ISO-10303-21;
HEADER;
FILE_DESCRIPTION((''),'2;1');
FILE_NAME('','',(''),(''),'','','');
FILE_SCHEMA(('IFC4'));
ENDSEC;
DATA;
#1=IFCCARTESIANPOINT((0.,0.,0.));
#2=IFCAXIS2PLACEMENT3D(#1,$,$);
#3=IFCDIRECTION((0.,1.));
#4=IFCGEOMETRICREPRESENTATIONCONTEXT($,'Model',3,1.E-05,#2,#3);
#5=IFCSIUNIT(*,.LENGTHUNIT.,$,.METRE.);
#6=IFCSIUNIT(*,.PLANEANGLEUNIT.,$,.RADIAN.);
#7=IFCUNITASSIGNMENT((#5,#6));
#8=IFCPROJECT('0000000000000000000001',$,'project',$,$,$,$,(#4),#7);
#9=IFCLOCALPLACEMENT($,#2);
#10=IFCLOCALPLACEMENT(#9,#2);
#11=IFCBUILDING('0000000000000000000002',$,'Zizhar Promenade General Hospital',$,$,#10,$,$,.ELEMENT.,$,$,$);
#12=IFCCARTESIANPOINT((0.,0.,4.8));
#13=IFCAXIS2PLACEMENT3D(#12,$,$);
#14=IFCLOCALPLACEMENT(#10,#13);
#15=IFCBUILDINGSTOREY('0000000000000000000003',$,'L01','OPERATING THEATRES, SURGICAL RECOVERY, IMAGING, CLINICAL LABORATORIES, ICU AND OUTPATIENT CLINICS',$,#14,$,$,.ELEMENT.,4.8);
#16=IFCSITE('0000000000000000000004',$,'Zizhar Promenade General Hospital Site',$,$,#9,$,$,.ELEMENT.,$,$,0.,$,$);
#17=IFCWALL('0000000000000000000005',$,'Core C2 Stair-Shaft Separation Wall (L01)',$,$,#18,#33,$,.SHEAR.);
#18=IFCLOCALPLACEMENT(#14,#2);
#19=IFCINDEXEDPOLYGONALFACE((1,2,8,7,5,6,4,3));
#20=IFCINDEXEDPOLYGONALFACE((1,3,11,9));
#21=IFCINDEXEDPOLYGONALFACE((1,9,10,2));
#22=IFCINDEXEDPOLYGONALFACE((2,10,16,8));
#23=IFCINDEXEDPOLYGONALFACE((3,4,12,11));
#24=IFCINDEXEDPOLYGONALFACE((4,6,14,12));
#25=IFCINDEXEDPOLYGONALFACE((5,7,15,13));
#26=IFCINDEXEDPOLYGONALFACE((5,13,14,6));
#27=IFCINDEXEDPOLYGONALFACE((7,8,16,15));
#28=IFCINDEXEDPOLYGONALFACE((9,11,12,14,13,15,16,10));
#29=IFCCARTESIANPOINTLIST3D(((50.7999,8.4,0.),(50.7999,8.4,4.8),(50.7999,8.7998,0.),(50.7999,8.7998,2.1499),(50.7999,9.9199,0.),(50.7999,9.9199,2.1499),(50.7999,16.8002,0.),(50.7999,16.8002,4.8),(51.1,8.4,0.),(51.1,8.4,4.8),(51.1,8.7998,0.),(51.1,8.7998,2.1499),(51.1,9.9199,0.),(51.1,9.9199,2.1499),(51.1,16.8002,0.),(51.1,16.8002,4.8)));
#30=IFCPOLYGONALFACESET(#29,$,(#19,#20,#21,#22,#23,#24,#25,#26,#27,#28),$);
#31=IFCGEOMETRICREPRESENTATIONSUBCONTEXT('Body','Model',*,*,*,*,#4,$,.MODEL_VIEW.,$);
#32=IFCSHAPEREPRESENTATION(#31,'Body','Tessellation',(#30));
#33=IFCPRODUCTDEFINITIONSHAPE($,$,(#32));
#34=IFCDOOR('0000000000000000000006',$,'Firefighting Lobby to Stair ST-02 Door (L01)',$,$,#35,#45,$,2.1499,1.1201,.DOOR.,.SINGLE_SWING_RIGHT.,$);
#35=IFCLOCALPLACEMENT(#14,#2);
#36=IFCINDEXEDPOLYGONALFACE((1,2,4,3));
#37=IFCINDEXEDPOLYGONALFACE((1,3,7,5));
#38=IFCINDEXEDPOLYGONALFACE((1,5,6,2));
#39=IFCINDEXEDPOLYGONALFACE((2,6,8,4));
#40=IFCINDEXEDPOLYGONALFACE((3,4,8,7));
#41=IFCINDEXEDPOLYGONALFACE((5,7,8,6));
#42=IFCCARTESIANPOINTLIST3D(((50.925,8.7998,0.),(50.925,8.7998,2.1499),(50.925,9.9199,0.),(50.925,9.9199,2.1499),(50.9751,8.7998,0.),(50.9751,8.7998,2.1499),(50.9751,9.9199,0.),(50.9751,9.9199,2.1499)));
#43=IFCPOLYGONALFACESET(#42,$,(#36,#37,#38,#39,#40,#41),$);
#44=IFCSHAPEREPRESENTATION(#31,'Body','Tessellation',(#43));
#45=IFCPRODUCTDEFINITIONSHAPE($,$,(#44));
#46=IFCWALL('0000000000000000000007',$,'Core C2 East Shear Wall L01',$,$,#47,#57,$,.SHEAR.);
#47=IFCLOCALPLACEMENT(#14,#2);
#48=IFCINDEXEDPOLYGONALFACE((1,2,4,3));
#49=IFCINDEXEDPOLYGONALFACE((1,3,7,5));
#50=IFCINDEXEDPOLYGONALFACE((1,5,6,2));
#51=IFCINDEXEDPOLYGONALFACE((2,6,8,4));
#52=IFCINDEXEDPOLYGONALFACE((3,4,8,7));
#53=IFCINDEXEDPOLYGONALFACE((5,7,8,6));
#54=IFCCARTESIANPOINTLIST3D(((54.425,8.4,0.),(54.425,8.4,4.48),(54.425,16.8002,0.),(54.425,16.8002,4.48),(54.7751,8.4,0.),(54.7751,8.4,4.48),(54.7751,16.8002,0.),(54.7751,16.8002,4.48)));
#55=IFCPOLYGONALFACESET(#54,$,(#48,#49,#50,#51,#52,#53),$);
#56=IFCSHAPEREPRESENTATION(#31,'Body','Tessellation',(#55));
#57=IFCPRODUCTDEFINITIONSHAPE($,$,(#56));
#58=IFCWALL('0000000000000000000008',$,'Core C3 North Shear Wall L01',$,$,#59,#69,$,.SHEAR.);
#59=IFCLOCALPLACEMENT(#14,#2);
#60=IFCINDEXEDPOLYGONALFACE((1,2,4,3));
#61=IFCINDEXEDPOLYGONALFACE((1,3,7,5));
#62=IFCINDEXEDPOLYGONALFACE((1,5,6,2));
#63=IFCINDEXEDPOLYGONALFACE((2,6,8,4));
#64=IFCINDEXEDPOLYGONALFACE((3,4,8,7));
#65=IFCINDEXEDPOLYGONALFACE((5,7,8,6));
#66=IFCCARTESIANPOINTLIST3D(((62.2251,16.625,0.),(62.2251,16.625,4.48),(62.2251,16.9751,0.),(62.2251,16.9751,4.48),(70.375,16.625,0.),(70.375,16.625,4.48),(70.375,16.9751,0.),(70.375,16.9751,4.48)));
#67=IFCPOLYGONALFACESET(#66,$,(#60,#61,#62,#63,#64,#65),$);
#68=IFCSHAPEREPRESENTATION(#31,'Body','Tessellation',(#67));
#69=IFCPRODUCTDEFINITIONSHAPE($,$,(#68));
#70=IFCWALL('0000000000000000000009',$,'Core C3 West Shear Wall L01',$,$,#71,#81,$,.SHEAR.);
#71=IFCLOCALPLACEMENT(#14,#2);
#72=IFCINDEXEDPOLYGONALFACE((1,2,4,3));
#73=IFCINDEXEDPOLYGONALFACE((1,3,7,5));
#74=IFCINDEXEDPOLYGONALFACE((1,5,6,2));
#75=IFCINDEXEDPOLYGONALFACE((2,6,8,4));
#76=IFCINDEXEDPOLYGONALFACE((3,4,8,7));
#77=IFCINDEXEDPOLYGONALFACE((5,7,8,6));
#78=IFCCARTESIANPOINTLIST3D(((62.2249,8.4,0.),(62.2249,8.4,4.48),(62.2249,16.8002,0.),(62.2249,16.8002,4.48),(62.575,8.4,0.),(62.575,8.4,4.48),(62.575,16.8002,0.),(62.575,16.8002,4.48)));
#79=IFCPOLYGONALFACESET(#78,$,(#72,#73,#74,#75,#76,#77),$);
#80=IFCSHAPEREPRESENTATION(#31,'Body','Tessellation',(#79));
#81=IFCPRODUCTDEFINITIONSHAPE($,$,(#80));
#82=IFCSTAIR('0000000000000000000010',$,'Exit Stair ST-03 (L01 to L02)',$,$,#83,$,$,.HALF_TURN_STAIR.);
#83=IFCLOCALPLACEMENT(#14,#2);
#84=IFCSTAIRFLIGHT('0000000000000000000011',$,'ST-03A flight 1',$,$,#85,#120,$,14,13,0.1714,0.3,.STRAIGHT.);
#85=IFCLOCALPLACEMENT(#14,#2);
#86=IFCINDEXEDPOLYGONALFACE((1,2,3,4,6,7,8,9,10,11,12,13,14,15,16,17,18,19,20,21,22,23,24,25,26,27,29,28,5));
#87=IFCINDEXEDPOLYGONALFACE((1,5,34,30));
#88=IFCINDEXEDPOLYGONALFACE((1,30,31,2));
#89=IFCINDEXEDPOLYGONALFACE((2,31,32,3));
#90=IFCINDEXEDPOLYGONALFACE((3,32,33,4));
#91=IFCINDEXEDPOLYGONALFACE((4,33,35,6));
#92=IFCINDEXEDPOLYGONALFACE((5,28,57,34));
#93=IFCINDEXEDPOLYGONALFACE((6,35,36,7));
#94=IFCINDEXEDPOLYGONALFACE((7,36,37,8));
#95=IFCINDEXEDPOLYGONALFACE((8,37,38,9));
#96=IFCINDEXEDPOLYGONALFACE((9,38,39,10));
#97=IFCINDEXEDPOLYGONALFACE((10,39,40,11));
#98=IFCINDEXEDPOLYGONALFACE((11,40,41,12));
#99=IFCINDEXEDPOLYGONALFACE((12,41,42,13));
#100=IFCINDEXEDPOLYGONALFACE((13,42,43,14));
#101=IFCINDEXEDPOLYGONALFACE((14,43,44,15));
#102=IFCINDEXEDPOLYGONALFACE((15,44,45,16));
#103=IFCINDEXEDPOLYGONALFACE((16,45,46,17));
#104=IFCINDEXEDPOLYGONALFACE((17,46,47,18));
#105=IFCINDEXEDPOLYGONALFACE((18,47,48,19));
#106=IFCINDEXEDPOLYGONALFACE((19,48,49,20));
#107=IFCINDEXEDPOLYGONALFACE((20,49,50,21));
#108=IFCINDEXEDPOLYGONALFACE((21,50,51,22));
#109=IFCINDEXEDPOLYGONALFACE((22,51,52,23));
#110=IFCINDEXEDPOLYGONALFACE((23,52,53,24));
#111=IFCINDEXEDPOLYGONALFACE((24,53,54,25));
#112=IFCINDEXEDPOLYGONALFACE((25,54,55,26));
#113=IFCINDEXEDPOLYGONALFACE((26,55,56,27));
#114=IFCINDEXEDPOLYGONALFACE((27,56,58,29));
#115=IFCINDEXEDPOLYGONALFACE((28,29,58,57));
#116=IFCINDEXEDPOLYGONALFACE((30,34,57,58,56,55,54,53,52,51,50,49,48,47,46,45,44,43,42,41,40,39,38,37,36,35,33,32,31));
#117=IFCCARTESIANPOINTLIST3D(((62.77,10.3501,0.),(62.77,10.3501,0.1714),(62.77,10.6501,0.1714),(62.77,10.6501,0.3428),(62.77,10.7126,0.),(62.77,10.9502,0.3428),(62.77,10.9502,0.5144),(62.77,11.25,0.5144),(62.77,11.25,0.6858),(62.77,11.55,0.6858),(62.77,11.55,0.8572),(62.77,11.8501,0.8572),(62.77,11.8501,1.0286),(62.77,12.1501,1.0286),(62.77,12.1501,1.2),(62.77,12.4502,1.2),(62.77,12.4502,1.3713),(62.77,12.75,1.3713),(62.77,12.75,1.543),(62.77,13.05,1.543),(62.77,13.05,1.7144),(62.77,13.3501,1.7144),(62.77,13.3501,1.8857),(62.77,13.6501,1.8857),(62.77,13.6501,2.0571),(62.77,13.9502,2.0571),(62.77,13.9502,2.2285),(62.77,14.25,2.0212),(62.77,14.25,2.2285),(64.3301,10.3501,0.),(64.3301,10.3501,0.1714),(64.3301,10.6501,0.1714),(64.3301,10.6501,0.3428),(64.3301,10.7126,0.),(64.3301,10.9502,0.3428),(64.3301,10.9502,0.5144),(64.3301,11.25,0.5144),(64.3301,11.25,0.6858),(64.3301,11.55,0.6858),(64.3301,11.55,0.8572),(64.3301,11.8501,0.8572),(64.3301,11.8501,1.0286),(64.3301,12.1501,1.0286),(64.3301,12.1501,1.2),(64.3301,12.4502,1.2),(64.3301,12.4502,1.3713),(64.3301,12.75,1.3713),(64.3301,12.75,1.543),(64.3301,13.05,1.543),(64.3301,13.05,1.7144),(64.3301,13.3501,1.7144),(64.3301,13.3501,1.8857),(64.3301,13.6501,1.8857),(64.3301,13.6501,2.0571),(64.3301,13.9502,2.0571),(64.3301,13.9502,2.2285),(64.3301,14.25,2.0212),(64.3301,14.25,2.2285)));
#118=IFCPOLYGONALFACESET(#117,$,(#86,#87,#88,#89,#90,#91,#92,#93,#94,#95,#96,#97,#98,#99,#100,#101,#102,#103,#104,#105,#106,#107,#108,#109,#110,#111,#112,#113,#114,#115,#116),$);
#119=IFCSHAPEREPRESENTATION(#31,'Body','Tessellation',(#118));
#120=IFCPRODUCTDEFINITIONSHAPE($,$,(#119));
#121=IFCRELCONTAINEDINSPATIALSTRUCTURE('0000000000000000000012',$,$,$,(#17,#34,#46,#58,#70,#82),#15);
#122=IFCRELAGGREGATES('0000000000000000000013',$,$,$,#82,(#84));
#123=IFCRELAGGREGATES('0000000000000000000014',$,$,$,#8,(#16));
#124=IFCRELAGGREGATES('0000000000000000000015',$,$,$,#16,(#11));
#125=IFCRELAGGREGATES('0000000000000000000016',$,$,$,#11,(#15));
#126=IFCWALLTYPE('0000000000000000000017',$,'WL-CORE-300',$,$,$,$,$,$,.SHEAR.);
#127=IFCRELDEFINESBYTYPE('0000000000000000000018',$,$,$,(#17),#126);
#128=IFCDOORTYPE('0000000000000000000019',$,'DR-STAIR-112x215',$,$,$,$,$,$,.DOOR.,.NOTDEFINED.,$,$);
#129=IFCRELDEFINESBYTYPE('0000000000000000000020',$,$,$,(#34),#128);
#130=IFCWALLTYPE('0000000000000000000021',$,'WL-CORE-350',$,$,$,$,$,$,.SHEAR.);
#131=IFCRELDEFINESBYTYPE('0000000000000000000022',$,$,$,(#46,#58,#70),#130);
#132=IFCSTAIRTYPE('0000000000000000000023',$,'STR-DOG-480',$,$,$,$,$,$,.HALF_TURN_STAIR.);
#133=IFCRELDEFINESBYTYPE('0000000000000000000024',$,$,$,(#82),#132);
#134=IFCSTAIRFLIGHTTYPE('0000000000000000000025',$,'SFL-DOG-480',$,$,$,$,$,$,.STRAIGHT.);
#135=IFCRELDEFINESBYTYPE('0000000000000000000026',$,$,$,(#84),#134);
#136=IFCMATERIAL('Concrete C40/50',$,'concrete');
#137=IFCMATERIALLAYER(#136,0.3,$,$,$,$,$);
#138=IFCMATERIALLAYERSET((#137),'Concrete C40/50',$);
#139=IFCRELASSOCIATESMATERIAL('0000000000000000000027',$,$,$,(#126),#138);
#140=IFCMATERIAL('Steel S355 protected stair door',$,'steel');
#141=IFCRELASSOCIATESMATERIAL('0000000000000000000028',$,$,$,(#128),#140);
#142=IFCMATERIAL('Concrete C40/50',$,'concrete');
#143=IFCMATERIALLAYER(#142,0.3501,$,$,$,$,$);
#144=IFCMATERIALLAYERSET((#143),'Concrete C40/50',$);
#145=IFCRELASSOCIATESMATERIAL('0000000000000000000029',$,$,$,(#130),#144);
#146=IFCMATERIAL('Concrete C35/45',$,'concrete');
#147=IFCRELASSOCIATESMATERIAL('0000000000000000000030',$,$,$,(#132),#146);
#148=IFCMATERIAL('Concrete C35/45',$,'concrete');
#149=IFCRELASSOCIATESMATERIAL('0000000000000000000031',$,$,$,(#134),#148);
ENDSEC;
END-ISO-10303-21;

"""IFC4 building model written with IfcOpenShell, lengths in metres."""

from ifc_helpers import new_model, si_unit, direction, frame, frame_2d, origin, place, context, subcontext, project, spatial, polyline, rectangle, outline, extrude, material, layer, layer_set, type_object, element, fill, aggregate, save


model = new_model("IFC4")

# Units and contexts
model_context = context("Model", 3, precision=1e-05, world=origin(), true_north=direction((0.0, 1.0)))
body_context = subcontext(model_context, "Body", "Model", "MODEL_VIEW")
ifc_project = project(units=[si_unit("LENGTHUNIT", "METRE"), si_unit("PLANEANGLEUNIT", "RADIAN")], contexts=[model_context])

# Site, building, storey
site_placement = place(None, origin())
site = spatial("IfcSite", under=ifc_project, at=site_placement, Name="Zizhar Promenade General Hospital Site", CompositionType="ELEMENT", RefElevation=0.0)
building_placement = place(site_placement, origin())
building = spatial("IfcBuilding", under=site, at=building_placement, Name="Zizhar Promenade General Hospital", CompositionType="ELEMENT")
storey_placement = place(building_placement, frame((0.0, 0.0, 4.8)))
storey = spatial("IfcBuildingStorey", under=building, at=storey_placement, Name="L01", Description="OPERATING THEATRES, SURGICAL RECOVERY, IMAGING, CLINICAL LABORATORIES, ICU AND OUTPATIENT CLINICS", CompositionType="ELEMENT", Elevation=4.8)

# Wall, opening, door
ifc_material_1 = material(Name="Concrete C40/50", Category="concrete")
ifc_layer_1 = layer(ifc_material_1, 0.3)
ifc_layer_set_1 = layer_set([ifc_layer_1], Name="Concrete C40/50")
wall_type_1 = type_object("IfcWallType", Name="WL-CORE-300", PredefinedType="SHEAR", material=ifc_layer_set_1)
wall_1_placement = place(storey_placement, frame((50.95, 8.3999, 0.0), z_axis=(0.0, 0.0, 1.0), x_axis=(0.0, 1.0, 0.0)))
wall_1 = element("IfcWall", 1, at=wall_1_placement, inside=storey, type_object=wall_type_1, Name="Core C2 Stair-Shaft Separation Wall (L01)", PredefinedType="SHEAR", context=body_context, shape_type="SweptSolid", body=[
    extrude(rectangle(XDim=8.4001, YDim=0.3, at=frame_2d((4.2002, 0.0))), origin(), (0.0, 0.0, 1.0), 4.8),
])
opening_1_placement = place(wall_1_placement, frame((0.3999, 0.0, 0.0)))
opening_1 = element("IfcOpeningElement", 2, at=opening_1_placement, cuts=wall_1, PredefinedType="OPENING", context=body_context, shape_type="SweptSolid", body=[
    extrude(rectangle(XDim=1.1201, YDim=2.1499, at=frame_2d((0.5601, 1.075))), frame((0.0, 0.1602, 0.0), z_axis=(0.0, -1.0, 0.0), x_axis=(1.0, 0.0, 0.0)), (0.0, 0.0, 1.0), 0.3201),
])
ifc_material_2 = material(Name="Steel S355 protected stair door", Category="steel")
door_type_1 = type_object("IfcDoorType", Name="DR-STAIR-112x215", OperationType="NOTDEFINED", PredefinedType="DOOR", material=ifc_material_2)
door_1_placement = place(opening_1_placement, origin())
door_1 = element("IfcDoor", 3, at=door_1_placement, inside=storey, type_object=door_type_1, Name="Firefighting Lobby to Stair ST-02 Door (L01)", OperationType="SINGLE_SWING_RIGHT", OverallHeight=2.1499, OverallWidth=1.1201, PredefinedType="DOOR", context=body_context, shape_type="SweptSolid", body=[
    extrude(rectangle(XDim=1.1201, YDim=2.1499, at=frame_2d((0.5601, 1.075))), frame((0.0, 0.0249, 0.0), z_axis=(0.0, -1.0, 0.0), x_axis=(1.0, 0.0, 0.0)), (0.0, 0.0, 1.0), 0.05),
])
fill(opening_1, door_1)

# Walls
ifc_material_3 = material(Name="Concrete C40/50", Category="concrete")
ifc_layer_2 = layer(ifc_material_3, 0.3501)
ifc_layer_set_2 = layer_set([ifc_layer_2], Name="Concrete C40/50")
wall_type_2 = type_object("IfcWallType", Name="WL-CORE-350", PredefinedType="SHEAR", material=ifc_layer_set_2)
wall_2_placement = place(storey_placement, frame((54.6001, 8.3999, 0.0), z_axis=(0.0, 0.0, 1.0), x_axis=(0.0, 1.0, 0.0)))
element("IfcWall", 4, at=wall_2_placement, inside=storey, type_object=wall_type_2, Name="Core C2 East Shear Wall L01", PredefinedType="SHEAR", context=body_context, shape_type="SweptSolid", body=[
    extrude(rectangle(XDim=8.4001, YDim=0.3501, at=frame_2d((4.2002, 0.0))), origin(), (0.0, 0.0, 1.0), 4.48),
])
wall_3_placement = place(storey_placement, frame((62.2251, 16.8, 0.0), z_axis=(0.0, 0.0, 1.0), x_axis=(1.0, 0.0, 0.0)))
element("IfcWall", 5, at=wall_3_placement, inside=storey, type_object=wall_type_2, Name="Core C3 North Shear Wall L01", PredefinedType="SHEAR", context=body_context, shape_type="SweptSolid", body=[
    extrude(rectangle(XDim=8.1499, YDim=0.3501, at=frame_2d((4.075, 0.0))), origin(), (0.0, 0.0, 1.0), 4.48),
])
wall_4_placement = place(storey_placement, frame((62.3999, 8.3999, 0.0), z_axis=(0.0, 0.0, 1.0), x_axis=(0.0, 1.0, 0.0)))
element("IfcWall", 6, at=wall_4_placement, inside=storey, type_object=wall_type_2, Name="Core C3 West Shear Wall L01", PredefinedType="SHEAR", context=body_context, shape_type="SweptSolid", body=[
    extrude(rectangle(XDim=8.4001, YDim=0.3501, at=frame_2d((4.2002, 0.0))), origin(), (0.0, 0.0, 1.0), 4.48),
])

# Stair, stair flight
ifc_material_4 = material(Name="Concrete C35/45", Category="concrete")
stair_type = type_object("IfcStairType", Name="STR-DOG-480", PredefinedType="HALF_TURN_STAIR", material=ifc_material_4)
stair_placement = place(storey_placement, origin())
stair = element("IfcStair", 7, at=stair_placement, inside=storey, type_object=stair_type, Name="Exit Stair ST-03 (L01 to L02)", PredefinedType="HALF_TURN_STAIR")
ifc_material_5 = material(Name="Concrete C35/45", Category="concrete")
stair_flight_type = type_object("IfcStairFlightType", Name="SFL-DOG-480", PredefinedType="STRAIGHT", material=ifc_material_5)
stair_flight_placement = place(storey_placement, frame((63.55, 10.3501, 0.0), z_axis=(0.0, 0.0, 1.0), x_axis=(0.0, 1.0, 0.0)))
stair_flight = element("IfcStairFlight", 8, at=stair_flight_placement, type_object=stair_flight_type, Name="ST-03A flight 1", NumberOfRisers=14, NumberOfTreads=13, PredefinedType="STRAIGHT", RiserHeight=0.1714, TreadLength=0.3, context=body_context, shape_type="SweptSolid", body=[
    extrude(outline(polyline([(0.0, 0.0), (0.0, 0.1714), (0.3, 0.1714), (0.3, 0.3428), (0.6001, 0.3428), (0.6001, 0.5144), (0.8999, 0.5144), (0.8999, 0.6858), (1.2, 0.6858), (1.2, 0.8572), (1.5, 0.8572), (1.5, 1.0286), (1.8, 1.0286), (1.8, 1.2), (2.1001, 1.2), (2.1001, 1.3713), (2.3999, 1.3713), (2.3999, 1.543), (2.7, 1.543), (2.7, 1.7144), (3.0, 1.7144), (3.0, 1.8857), (3.3, 1.8857), (3.3, 2.0571), (3.6001, 2.0571), (3.6001, 2.2285), (3.8999, 2.2285), (3.8999, 2.3999), (3.8999, 2.0212), (0.3625, 0.0), (0.0, 0.0)])), frame((0.0, 0.78, 0.0), z_axis=(0.0, -1.0, 0.0), x_axis=(1.0, 0.0, 0.0)), (0.0, 0.0, 1.0), 1.5601),
])
aggregate(stair, [stair_flight])

save(model, "model.ifc")
